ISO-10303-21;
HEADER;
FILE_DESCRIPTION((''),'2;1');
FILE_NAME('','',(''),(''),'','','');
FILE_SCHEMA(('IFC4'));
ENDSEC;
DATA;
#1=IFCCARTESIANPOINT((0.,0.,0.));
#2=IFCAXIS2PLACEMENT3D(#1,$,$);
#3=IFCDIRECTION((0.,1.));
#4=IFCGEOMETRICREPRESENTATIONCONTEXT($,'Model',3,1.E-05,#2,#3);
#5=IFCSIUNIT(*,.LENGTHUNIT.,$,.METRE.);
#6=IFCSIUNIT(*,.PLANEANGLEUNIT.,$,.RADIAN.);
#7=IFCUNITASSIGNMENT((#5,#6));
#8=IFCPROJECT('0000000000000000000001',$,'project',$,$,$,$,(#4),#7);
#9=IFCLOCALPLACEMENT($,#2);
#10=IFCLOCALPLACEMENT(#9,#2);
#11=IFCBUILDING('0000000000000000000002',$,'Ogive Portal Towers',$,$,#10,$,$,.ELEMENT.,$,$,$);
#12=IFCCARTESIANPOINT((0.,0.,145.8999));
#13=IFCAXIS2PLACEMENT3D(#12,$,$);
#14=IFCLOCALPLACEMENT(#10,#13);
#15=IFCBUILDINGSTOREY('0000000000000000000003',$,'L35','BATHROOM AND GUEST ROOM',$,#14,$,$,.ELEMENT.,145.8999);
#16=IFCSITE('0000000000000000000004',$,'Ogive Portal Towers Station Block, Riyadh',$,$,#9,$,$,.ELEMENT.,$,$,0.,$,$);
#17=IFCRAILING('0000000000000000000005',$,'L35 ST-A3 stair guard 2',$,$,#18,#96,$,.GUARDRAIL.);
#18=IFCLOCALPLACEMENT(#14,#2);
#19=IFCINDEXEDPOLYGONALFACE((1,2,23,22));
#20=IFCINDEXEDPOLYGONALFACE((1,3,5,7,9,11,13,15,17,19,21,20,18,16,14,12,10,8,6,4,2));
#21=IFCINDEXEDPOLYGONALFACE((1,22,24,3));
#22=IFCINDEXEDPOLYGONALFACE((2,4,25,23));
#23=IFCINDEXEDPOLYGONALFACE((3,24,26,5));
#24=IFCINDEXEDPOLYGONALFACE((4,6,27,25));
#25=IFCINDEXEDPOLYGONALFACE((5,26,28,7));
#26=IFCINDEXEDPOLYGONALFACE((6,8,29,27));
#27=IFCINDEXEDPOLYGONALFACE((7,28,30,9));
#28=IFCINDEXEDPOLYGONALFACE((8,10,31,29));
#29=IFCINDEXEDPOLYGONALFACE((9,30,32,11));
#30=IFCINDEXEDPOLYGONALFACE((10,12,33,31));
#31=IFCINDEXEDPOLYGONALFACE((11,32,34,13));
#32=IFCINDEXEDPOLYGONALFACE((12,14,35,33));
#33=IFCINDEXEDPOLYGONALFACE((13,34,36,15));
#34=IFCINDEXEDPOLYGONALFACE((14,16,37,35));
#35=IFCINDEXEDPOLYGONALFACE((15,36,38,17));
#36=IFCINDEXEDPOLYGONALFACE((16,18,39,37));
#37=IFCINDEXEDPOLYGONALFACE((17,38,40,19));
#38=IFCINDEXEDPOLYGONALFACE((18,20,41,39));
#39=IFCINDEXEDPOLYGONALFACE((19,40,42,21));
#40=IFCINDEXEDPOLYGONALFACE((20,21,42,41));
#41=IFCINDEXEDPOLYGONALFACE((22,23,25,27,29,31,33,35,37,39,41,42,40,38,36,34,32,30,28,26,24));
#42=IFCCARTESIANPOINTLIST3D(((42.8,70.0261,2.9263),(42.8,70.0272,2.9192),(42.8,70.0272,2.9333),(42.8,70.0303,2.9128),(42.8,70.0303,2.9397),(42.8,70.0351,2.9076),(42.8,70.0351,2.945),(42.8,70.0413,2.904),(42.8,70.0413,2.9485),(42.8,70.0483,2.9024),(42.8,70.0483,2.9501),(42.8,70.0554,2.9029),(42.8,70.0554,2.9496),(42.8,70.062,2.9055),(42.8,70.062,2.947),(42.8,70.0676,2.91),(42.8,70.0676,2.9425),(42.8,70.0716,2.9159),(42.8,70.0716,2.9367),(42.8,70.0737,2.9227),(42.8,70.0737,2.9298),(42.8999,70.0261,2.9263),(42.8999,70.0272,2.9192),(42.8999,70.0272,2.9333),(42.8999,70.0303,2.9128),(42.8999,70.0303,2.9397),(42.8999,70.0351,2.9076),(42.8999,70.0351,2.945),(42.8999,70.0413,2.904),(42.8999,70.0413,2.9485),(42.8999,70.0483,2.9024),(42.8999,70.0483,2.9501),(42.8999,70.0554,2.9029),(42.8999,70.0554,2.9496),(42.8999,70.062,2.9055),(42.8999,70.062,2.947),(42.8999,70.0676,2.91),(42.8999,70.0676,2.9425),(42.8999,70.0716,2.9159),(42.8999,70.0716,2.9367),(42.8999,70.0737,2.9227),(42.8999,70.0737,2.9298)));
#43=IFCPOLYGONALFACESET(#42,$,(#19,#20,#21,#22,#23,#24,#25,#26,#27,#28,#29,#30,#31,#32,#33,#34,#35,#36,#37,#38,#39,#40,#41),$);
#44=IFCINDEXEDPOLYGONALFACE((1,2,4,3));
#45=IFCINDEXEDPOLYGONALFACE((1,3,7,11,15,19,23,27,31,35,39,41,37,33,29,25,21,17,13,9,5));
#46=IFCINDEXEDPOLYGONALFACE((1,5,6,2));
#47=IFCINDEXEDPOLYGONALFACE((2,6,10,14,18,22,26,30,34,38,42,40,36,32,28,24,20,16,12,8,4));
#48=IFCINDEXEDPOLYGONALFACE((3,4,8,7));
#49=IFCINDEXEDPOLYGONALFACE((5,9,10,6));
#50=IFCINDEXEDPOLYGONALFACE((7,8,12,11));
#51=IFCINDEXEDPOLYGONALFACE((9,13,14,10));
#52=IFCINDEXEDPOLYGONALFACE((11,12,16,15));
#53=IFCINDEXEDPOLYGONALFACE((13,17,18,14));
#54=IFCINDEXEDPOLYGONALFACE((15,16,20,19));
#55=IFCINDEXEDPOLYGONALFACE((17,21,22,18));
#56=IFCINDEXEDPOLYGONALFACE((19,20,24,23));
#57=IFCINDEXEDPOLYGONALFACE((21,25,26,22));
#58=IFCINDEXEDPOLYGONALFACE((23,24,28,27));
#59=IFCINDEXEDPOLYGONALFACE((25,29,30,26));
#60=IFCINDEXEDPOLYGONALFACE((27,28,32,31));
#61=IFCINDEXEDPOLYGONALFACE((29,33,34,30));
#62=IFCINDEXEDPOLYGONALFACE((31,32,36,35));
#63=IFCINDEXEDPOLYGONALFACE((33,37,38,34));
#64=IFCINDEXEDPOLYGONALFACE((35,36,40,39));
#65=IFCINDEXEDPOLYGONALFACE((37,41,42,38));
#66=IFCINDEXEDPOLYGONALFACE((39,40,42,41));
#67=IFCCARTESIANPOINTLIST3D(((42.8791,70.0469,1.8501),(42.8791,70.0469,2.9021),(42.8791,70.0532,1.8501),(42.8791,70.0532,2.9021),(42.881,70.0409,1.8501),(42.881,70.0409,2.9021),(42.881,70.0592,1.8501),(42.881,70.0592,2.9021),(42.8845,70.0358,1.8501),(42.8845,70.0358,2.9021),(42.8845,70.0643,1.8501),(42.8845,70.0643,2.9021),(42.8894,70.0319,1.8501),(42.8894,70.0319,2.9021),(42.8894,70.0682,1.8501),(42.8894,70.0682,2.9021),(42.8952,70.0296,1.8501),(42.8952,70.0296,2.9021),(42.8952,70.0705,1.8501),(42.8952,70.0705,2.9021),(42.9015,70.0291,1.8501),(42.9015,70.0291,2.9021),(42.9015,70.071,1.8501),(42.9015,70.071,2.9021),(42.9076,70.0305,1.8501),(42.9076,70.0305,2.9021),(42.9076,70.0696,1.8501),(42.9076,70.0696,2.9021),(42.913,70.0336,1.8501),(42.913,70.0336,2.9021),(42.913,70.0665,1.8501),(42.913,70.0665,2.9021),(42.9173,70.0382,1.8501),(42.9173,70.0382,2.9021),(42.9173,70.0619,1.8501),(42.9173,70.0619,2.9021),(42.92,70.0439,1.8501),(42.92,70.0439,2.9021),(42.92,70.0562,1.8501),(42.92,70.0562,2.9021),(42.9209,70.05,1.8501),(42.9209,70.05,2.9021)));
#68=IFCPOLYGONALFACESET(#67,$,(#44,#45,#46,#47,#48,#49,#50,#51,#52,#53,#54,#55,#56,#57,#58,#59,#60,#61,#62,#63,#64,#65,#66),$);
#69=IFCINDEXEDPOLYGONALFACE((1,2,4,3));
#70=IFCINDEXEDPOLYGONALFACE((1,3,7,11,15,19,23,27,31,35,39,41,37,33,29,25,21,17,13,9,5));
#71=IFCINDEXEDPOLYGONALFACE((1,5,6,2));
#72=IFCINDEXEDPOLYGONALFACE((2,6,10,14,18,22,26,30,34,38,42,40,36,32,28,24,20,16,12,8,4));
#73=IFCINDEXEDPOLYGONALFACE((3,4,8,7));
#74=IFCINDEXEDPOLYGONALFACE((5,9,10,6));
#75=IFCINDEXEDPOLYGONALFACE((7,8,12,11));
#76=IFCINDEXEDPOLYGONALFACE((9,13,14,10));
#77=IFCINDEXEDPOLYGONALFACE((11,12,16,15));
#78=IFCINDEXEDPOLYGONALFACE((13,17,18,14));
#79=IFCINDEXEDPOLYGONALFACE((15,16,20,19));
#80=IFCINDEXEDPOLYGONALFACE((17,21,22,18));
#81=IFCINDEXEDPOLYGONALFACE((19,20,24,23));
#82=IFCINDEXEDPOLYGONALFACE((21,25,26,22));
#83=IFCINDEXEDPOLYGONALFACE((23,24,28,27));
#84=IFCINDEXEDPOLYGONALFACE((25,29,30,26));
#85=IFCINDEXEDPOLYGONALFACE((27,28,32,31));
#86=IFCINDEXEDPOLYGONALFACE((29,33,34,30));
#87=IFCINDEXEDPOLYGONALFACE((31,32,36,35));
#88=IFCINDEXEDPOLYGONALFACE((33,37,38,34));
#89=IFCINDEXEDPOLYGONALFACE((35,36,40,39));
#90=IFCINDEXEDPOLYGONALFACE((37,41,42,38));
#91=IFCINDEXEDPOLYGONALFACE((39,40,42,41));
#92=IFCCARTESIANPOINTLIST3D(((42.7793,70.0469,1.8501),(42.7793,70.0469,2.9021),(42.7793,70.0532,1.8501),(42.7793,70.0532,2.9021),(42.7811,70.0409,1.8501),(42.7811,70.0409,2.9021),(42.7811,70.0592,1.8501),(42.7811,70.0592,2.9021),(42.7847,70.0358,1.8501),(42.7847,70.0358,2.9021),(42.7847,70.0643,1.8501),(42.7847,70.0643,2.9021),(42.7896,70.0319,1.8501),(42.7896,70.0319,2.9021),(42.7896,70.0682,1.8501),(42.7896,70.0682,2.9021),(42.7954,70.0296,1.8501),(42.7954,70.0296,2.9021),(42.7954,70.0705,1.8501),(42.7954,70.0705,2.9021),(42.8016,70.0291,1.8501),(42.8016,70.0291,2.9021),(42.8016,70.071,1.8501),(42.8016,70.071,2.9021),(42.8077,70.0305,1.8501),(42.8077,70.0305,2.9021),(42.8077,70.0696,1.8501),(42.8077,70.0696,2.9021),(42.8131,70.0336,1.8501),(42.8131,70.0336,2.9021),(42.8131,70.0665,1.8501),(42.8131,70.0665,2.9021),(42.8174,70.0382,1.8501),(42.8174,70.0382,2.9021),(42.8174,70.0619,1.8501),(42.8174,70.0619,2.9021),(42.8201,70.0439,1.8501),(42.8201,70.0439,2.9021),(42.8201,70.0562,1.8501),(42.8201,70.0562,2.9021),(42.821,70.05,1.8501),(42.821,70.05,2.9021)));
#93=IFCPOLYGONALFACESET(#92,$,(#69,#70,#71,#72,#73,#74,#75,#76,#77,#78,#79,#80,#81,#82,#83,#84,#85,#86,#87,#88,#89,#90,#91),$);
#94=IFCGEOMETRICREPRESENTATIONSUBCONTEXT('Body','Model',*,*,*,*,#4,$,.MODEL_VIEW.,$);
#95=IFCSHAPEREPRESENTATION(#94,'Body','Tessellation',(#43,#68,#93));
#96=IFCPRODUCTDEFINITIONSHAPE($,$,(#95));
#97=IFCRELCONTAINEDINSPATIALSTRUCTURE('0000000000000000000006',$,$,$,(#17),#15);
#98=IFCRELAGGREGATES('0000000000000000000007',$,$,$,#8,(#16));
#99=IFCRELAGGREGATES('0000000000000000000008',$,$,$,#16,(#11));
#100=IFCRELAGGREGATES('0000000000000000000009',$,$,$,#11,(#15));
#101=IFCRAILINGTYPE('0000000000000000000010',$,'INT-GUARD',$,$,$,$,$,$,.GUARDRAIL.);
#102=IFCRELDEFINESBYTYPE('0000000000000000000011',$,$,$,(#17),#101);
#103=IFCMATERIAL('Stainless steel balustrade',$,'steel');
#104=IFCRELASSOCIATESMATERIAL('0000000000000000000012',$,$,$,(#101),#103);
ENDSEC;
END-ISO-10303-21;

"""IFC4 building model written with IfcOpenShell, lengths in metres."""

from ifc_helpers import new_model, si_unit, direction, frame, origin, origin_2d, place, context, subcontext, project, spatial, circle, extrude, material, type_object, element, save


model = new_model("IFC4")

# Units and contexts
model_context = context("Model", 3, precision=1e-05, world=origin(), true_north=direction((0.0, 1.0)))
body_context = subcontext(model_context, "Body", "Model", "MODEL_VIEW")
ifc_project = project(units=[si_unit("LENGTHUNIT", "METRE"), si_unit("PLANEANGLEUNIT", "RADIAN")], contexts=[model_context])

# Site, building, storey
site_placement = place(None, origin())
site = spatial("IfcSite", under=ifc_project, at=site_placement, Name="Ogive Portal Towers Station Block, Riyadh", CompositionType="ELEMENT", RefElevation=0.0)
building_placement = place(site_placement, origin())
building = spatial("IfcBuilding", under=site, at=building_placement, Name="Ogive Portal Towers", CompositionType="ELEMENT")
storey_placement = place(building_placement, frame((0.0, 0.0, 145.8999)))
storey = spatial("IfcBuildingStorey", under=building, at=storey_placement, Name="L35", Description="BATHROOM AND GUEST ROOM", CompositionType="ELEMENT", Elevation=145.8999)

# Railing
ifc_material_1 = material(Name="Stainless steel balustrade", Category="steel")
railing_type_1 = type_object("IfcRailingType", Name="INT-GUARD", PredefinedType="GUARDRAIL", material=ifc_material_1)
railing_1_placement = place(storey_placement, frame((42.8999, 70.05, 1.8501)))
element("IfcRailing", 1, at=railing_1_placement, inside=storey, type_object=railing_type_1, Name="L35 ST-A3 stair guard 2", PredefinedType="GUARDRAIL", context=body_context, shape_type="SweptSolid", body=[
    extrude(circle(Radius=0.0239, at=origin_2d()), frame((0.0, 0.0, 1.0762), z_axis=(-1.0, 0.0, 0.0), x_axis=(0.0, -1.0, 0.0)), (0.0, 0.0, 1.0), 0.0999),
    extrude(circle(Radius=0.021, at=origin_2d()), origin(), (0.0, 0.0, 1.0), 1.052),
    extrude(circle(Radius=0.021, at=origin_2d()), frame((-0.0999, 0.0, 0.0)), (0.0, 0.0, 1.0), 1.052),
])

save(model, "model.ifc")
